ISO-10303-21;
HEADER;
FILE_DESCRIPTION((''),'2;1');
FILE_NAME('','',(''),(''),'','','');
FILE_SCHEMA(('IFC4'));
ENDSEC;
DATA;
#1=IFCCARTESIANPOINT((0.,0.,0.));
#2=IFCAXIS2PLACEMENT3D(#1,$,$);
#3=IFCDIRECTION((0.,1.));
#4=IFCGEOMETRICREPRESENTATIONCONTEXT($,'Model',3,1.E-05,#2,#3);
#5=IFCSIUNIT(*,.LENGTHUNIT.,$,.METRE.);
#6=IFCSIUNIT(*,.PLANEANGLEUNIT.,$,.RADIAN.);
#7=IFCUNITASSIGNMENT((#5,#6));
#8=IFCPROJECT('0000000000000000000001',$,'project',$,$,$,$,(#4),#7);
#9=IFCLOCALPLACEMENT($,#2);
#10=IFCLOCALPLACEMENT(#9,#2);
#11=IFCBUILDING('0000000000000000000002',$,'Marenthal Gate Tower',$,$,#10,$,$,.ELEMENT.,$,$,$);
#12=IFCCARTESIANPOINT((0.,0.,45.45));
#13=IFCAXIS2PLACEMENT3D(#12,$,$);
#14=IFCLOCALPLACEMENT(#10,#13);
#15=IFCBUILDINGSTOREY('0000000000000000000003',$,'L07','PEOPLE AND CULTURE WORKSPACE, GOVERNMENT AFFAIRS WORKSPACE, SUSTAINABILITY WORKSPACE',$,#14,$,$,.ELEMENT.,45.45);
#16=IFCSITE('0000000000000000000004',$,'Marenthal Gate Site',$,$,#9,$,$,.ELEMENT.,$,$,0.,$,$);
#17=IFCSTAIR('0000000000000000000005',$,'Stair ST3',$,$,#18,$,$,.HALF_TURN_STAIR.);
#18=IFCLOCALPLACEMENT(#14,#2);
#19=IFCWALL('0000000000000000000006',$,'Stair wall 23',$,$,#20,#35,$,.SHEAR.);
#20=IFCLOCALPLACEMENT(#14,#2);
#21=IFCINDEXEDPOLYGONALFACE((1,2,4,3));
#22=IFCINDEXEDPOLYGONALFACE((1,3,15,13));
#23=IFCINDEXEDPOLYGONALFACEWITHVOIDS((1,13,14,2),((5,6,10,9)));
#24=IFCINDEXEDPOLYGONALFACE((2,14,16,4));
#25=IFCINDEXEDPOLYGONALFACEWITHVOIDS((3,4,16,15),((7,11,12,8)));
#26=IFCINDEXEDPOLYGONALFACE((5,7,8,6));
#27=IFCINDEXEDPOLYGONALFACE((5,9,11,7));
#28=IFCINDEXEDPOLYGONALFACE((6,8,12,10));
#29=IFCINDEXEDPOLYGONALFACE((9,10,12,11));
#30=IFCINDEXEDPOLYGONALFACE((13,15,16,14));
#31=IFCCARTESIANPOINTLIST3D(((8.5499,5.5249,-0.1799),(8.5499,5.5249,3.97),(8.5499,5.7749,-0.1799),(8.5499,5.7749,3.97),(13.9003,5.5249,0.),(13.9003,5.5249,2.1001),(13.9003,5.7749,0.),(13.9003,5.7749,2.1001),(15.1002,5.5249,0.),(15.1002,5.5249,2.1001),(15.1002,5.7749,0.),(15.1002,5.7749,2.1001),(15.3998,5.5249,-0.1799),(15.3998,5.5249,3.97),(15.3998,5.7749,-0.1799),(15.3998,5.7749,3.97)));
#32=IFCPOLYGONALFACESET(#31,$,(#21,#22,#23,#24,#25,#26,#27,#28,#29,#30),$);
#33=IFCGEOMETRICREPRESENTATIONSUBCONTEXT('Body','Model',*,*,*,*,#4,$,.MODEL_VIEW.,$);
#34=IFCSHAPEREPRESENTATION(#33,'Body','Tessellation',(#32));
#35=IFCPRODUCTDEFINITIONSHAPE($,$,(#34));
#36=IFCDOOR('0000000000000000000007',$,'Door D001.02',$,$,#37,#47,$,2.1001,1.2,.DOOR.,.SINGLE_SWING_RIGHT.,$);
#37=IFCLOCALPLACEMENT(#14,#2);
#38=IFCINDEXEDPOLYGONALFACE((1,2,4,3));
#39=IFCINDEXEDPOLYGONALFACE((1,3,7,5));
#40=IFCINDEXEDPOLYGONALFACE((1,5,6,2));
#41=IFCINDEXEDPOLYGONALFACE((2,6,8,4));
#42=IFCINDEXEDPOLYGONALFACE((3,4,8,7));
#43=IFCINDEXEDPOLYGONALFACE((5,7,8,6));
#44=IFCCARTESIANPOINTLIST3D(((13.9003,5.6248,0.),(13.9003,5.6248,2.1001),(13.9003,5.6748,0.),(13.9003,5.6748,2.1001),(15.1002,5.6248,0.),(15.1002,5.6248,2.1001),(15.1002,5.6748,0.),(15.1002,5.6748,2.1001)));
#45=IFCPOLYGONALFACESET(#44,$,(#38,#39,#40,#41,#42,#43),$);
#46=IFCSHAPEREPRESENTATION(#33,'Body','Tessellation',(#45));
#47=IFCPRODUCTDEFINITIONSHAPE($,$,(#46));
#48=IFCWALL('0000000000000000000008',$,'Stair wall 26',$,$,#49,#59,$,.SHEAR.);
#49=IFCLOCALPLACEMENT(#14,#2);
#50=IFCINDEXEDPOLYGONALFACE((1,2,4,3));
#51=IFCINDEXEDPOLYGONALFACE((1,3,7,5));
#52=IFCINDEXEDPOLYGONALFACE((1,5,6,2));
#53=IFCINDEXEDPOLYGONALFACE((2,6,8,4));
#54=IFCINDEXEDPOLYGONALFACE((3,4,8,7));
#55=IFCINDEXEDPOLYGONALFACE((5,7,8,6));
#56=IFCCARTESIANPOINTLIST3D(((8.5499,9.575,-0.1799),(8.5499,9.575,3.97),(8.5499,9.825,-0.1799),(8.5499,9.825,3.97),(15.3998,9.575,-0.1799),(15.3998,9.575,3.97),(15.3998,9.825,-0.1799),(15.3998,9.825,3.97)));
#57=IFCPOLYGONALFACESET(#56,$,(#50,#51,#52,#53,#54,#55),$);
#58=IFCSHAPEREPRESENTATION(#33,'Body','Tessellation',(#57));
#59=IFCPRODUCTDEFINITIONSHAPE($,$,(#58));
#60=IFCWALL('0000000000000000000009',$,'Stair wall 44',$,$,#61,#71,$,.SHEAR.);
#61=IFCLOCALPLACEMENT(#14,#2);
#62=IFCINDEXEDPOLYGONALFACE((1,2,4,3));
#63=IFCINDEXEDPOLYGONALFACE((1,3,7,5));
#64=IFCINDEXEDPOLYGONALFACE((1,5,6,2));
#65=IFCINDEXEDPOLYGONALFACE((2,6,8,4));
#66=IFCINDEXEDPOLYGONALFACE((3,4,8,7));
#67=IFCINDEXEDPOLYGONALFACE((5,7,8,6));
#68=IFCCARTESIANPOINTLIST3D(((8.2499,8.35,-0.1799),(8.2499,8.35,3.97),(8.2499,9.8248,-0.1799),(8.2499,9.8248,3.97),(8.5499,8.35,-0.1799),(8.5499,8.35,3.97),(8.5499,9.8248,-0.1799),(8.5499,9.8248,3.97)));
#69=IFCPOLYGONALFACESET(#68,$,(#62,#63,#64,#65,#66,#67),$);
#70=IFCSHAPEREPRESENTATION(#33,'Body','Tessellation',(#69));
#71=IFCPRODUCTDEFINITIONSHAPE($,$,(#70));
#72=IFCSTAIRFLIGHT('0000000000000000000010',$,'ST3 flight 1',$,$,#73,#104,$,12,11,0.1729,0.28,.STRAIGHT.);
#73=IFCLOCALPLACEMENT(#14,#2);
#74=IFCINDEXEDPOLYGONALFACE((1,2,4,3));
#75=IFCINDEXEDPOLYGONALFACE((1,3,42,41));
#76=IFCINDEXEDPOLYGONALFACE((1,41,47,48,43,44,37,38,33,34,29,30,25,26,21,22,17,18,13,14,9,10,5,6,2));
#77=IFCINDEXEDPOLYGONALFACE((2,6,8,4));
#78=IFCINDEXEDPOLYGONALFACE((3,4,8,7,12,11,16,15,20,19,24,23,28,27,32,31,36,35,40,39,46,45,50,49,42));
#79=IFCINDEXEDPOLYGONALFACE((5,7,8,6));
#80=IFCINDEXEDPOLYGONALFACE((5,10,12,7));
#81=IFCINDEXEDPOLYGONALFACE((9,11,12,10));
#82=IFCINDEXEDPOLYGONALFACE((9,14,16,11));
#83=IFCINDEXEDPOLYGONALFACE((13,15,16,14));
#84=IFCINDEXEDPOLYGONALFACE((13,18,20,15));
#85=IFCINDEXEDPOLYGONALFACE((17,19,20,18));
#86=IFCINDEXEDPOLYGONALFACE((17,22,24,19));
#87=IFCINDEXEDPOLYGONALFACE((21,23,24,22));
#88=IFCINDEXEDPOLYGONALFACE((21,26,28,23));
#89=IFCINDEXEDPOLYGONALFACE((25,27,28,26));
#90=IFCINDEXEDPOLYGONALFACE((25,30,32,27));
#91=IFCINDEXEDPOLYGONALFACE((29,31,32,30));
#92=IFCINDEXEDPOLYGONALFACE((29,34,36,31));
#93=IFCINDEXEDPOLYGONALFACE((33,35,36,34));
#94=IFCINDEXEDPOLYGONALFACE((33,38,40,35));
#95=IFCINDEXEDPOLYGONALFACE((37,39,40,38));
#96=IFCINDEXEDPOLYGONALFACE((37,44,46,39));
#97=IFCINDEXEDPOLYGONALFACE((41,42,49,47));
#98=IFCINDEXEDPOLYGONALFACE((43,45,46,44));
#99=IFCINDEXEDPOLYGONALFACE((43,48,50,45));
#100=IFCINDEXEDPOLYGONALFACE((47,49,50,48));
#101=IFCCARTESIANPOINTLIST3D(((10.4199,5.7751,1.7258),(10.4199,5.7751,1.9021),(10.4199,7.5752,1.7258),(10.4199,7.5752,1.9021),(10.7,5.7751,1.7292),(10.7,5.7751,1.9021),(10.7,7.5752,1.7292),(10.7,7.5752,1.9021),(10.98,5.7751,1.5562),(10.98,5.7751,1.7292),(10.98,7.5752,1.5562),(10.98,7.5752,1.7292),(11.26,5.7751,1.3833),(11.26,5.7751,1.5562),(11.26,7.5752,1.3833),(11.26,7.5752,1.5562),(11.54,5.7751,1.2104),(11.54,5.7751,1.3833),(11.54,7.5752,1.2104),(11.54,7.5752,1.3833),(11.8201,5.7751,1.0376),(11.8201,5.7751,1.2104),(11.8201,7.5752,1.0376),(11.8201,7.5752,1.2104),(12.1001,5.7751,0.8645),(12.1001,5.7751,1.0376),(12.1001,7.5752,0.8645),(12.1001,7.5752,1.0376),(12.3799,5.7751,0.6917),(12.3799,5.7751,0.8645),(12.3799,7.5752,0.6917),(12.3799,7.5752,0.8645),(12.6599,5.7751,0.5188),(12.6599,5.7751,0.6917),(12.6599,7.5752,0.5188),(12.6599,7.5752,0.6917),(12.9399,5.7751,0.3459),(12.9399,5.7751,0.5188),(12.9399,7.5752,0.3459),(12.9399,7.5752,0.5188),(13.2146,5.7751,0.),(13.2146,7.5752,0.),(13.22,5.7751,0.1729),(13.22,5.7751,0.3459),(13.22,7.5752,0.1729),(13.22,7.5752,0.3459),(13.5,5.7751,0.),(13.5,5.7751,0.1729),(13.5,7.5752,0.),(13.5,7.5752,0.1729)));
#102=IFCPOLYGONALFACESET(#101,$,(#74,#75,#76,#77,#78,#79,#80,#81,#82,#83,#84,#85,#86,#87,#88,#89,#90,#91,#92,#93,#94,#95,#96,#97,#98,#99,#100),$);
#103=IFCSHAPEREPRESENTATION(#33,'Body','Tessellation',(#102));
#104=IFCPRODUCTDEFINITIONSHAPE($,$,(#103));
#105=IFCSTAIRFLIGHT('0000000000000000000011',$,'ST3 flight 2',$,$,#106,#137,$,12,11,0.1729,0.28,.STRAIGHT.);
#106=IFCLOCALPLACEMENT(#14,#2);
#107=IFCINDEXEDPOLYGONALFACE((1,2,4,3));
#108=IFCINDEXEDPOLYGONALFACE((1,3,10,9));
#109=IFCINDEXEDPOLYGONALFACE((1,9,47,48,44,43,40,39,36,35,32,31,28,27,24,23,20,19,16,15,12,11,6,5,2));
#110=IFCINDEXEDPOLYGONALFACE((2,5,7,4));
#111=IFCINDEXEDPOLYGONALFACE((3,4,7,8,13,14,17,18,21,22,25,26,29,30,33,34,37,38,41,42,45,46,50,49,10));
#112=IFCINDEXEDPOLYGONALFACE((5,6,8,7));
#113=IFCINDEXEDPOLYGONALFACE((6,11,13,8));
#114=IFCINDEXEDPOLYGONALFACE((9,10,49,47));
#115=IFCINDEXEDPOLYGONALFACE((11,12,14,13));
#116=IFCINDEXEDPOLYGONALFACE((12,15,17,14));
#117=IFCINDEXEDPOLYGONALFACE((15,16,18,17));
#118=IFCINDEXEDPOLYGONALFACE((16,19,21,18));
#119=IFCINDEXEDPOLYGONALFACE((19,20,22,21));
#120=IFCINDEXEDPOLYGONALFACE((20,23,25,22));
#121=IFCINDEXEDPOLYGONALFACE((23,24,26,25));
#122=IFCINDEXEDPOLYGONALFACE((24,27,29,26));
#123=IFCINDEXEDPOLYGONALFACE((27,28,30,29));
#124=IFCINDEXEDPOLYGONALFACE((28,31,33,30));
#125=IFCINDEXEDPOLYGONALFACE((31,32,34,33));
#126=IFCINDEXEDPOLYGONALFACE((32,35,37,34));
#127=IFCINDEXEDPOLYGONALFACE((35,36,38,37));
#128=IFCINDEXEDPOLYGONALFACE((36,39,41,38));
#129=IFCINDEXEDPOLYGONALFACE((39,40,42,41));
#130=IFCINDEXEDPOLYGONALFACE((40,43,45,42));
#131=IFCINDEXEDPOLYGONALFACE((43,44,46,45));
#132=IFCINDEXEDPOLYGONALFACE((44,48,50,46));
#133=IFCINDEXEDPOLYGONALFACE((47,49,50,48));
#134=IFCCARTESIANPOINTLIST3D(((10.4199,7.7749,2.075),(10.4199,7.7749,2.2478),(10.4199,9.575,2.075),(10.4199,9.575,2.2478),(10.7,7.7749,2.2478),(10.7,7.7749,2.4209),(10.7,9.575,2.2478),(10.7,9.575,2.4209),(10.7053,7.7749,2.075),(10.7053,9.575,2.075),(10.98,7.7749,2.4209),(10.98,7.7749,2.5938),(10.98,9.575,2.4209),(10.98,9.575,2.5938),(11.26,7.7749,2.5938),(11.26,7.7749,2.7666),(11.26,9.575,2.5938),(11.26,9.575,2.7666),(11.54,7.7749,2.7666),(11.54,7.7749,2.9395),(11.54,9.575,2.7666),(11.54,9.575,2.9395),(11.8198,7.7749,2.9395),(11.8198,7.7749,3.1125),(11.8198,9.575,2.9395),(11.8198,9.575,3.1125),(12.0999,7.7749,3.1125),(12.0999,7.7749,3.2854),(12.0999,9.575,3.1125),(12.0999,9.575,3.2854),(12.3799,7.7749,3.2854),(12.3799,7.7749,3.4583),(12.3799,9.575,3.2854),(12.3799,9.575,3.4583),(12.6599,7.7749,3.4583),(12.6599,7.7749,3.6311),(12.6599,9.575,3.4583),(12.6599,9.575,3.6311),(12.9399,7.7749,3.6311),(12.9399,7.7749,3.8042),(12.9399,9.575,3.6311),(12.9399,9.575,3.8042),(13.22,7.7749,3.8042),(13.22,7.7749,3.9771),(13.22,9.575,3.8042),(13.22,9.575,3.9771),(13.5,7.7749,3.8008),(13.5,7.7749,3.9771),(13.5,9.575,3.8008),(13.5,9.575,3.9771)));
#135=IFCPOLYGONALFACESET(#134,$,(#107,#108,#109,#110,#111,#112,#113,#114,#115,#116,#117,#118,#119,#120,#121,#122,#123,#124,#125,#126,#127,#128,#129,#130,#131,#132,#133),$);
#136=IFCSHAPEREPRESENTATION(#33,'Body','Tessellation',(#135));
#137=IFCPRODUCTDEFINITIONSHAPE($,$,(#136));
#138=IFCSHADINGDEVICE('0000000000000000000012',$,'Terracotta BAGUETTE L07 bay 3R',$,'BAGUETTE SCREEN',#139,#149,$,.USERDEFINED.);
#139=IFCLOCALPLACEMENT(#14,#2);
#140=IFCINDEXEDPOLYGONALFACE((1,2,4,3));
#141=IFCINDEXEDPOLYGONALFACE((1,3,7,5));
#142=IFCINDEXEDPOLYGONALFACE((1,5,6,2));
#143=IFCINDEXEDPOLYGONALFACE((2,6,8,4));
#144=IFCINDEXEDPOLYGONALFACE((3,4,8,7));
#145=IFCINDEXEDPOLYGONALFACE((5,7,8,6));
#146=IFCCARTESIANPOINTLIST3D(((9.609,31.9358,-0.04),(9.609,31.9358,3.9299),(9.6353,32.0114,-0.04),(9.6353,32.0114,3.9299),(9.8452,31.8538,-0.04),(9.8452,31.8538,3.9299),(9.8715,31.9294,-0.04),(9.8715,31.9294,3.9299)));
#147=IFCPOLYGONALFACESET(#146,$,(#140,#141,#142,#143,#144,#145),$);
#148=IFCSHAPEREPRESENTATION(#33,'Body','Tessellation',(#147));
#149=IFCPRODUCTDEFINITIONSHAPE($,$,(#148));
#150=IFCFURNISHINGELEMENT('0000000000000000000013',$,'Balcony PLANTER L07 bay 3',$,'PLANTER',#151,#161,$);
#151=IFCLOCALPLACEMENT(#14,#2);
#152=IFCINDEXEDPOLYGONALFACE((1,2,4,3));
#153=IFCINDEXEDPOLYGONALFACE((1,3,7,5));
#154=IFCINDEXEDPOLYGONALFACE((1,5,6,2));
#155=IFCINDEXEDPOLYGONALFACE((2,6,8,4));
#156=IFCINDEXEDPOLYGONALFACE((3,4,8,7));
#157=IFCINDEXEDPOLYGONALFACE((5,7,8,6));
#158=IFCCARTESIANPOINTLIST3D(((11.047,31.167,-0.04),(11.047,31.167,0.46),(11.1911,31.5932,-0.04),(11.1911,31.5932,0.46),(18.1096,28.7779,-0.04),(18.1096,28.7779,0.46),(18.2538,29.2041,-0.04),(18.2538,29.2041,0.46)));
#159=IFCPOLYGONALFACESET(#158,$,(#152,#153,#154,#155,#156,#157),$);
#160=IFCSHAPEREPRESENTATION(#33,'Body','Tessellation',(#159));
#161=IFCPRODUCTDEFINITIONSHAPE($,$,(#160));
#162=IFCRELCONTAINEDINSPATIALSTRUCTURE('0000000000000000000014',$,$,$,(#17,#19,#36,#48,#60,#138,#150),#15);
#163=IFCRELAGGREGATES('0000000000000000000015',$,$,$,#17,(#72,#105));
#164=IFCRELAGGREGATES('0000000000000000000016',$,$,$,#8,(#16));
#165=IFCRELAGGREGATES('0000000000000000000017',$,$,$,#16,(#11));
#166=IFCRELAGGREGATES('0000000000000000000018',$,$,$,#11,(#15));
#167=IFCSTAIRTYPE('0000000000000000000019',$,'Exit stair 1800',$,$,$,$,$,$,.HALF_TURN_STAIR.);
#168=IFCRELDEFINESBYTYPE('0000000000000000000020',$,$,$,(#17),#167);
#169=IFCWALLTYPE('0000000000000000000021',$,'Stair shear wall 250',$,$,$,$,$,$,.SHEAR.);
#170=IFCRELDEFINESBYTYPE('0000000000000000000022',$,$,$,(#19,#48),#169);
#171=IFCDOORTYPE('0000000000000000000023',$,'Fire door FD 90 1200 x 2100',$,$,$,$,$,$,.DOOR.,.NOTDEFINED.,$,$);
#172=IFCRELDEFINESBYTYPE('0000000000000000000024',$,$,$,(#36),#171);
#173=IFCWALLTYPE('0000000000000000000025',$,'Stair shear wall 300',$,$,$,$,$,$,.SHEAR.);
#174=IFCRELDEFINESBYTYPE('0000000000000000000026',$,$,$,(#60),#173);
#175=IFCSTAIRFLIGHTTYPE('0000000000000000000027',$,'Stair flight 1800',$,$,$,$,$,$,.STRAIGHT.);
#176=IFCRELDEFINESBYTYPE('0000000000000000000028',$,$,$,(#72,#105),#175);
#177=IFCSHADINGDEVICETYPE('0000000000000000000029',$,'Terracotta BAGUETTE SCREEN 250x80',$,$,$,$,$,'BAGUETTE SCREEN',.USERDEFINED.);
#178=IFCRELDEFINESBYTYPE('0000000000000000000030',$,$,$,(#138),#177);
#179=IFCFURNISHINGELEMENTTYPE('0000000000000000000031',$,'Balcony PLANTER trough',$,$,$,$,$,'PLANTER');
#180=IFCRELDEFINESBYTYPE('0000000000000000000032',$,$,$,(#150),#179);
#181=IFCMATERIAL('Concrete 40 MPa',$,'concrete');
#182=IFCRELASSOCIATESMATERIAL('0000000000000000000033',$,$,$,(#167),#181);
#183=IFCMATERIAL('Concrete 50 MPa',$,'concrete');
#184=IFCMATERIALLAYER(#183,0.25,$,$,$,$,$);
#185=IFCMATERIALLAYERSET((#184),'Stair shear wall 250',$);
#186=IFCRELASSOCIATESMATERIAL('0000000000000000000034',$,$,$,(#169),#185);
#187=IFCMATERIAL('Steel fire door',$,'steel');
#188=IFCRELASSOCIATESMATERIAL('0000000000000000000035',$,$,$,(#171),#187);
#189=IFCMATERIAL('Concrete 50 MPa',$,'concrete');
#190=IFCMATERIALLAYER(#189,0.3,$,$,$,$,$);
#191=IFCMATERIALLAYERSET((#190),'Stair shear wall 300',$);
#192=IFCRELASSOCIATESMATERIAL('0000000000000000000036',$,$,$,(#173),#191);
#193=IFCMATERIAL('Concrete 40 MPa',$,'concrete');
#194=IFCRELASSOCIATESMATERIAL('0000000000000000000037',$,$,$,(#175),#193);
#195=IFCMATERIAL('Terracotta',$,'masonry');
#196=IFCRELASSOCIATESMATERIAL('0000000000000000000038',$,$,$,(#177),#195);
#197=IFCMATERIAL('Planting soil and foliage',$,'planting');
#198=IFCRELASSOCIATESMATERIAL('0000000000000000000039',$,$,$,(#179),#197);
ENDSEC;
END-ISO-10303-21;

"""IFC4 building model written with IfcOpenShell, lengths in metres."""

from ifc_helpers import new_model, si_unit, direction, frame, frame_2d, origin, origin_2d, place, context, subcontext, project, spatial, polyline, rectangle, outline, extrude, material, layer, layer_set, material_profile, profile_set, type_object, element, fill, aggregate, save


model = new_model("IFC4")

# Units and contexts
model_context = context("Model", 3, precision=1e-05, world=origin(), true_north=direction((0.0, 1.0)))
body_context = subcontext(model_context, "Body", "Model", "MODEL_VIEW")
ifc_project = project(units=[si_unit("LENGTHUNIT", "METRE"), si_unit("PLANEANGLEUNIT", "RADIAN")], contexts=[model_context])

# Site, building, storey
site_placement = place(None, origin())
site = spatial("IfcSite", under=ifc_project, at=site_placement, Name="Marenthal Gate Site", CompositionType="ELEMENT", RefElevation=0.0)
building_placement = place(site_placement, origin())
building = spatial("IfcBuilding", under=site, at=building_placement, Name="Marenthal Gate Tower", CompositionType="ELEMENT")
storey_placement = place(building_placement, frame((0.0, 0.0, 45.45)))
storey = spatial("IfcBuildingStorey", under=building, at=storey_placement, Name="L07", Description="PEOPLE AND CULTURE WORKSPACE, GOVERNMENT AFFAIRS WORKSPACE, SUSTAINABILITY WORKSPACE", CompositionType="ELEMENT", Elevation=45.45)

# Stair
ifc_material_1 = material(Name="Concrete 40 MPa", Category="concrete")
stair_type = type_object("IfcStairType", Name="Exit stair 1800", PredefinedType="HALF_TURN_STAIR", material=ifc_material_1)
stair_1_placement = place(storey_placement, origin())
stair_1 = element("IfcStair", 1, at=stair_1_placement, inside=storey, type_object=stair_type, Name="Stair ST3", PredefinedType="HALF_TURN_STAIR")

# Wall, opening, door
ifc_material_2 = material(Name="Concrete 50 MPa", Category="concrete")
ifc_layer_1 = layer(ifc_material_2, 0.25)
ifc_layer_set_1 = layer_set([ifc_layer_1], Name="Stair shear wall 250")
wall_type_1 = type_object("IfcWallType", Name="Stair shear wall 250", PredefinedType="SHEAR", material=ifc_layer_set_1)
wall_1_placement = place(storey_placement, frame((8.55, 5.6499, -0.1799), z_axis=(0.0, 0.0, 1.0), x_axis=(1.0, 0.0, 0.0)))
wall_1 = element("IfcWall", 2, at=wall_1_placement, inside=storey, type_object=wall_type_1, Name="Stair wall 23", PredefinedType="SHEAR", context=body_context, shape_type="SweptSolid", body=[
    extrude(rectangle(XDim=6.8499, YDim=0.25, at=frame_2d((3.4248, 0.0))), origin(), (0.0, 0.0, 1.0), 4.1499),
])
opening_1_placement = place(wall_1_placement, frame((5.3501, 0.0, 0.1799)))
opening_1 = element("IfcOpeningElement", 3, at=opening_1_placement, cuts=wall_1, PredefinedType="OPENING", context=body_context, shape_type="SweptSolid", body=[
    extrude(rectangle(XDim=1.2, YDim=2.1001, at=frame_2d((0.6001, 1.05))), frame((0.0, 0.135, 0.0), z_axis=(0.0, -1.0, 0.0), x_axis=(1.0, 0.0, 0.0)), (0.0, 0.0, 1.0), 0.27),
])
ifc_material_3 = material(Name="Steel fire door", Category="steel")
door_type_1 = type_object("IfcDoorType", Name="Fire door FD 90 1200 x 2100", OperationType="NOTDEFINED", PredefinedType="DOOR", material=ifc_material_3)
door_1_placement = place(opening_1_placement, origin())
door_1 = element("IfcDoor", 4, at=door_1_placement, inside=storey, type_object=door_type_1, Name="Door D001.02", OperationType="SINGLE_SWING_RIGHT", OverallHeight=2.1001, OverallWidth=1.2, PredefinedType="DOOR", context=body_context, shape_type="SweptSolid", body=[
    extrude(rectangle(XDim=1.2, YDim=2.1001, at=frame_2d((0.6001, 1.05))), frame((0.0, 0.0249, 0.0), z_axis=(0.0, -1.0, 0.0), x_axis=(1.0, 0.0, 0.0)), (0.0, 0.0, 1.0), 0.05),
])
fill(opening_1, door_1)

# Walls
wall_2_placement = place(storey_placement, frame((8.55, 9.7, -0.1799), z_axis=(0.0, 0.0, 1.0), x_axis=(1.0, 0.0, 0.0)))
element("IfcWall", 5, at=wall_2_placement, inside=storey, type_object=wall_type_1, Name="Stair wall 26", PredefinedType="SHEAR", context=body_context, shape_type="SweptSolid", body=[
    extrude(rectangle(XDim=6.8499, YDim=0.25, at=frame_2d((3.4248, 0.0))), origin(), (0.0, 0.0, 1.0), 4.1499),
])
ifc_material_4 = material(Name="Concrete 50 MPa", Category="concrete")
ifc_layer_2 = layer(ifc_material_4, 0.3)
ifc_layer_set_2 = layer_set([ifc_layer_2], Name="Stair shear wall 300")
wall_type_2 = type_object("IfcWallType", Name="Stair shear wall 300", PredefinedType="SHEAR", material=ifc_layer_set_2)
wall_3_placement = place(storey_placement, frame((8.3999, 8.3501, -0.1799), z_axis=(0.0, 0.0, 1.0), x_axis=(0.0, 1.0, 0.0)))
element("IfcWall", 6, at=wall_3_placement, inside=storey, type_object=wall_type_2, Name="Stair wall 44", PredefinedType="SHEAR", context=body_context, shape_type="SweptSolid", body=[
    extrude(rectangle(XDim=1.4749, YDim=0.3, at=frame_2d((0.7373, 0.0))), origin(), (0.0, 0.0, 1.0), 4.1499),
])

# Stair flights
ifc_material_5 = material(Name="Concrete 40 MPa", Category="concrete")
stair_flight_type = type_object("IfcStairFlightType", Name="Stair flight 1800", PredefinedType="STRAIGHT", material=ifc_material_5)
stair_flight_1_placement = place(storey_placement, frame((13.5, 6.675, 0.0), z_axis=(0.0, 0.0, 1.0), x_axis=(-1.0, 0.0, 0.0)))
stair_flight_1 = element("IfcStairFlight", 7, at=stair_flight_1_placement, type_object=stair_flight_type, Name="ST3 flight 1", NumberOfRisers=12, NumberOfTreads=11, PredefinedType="STRAIGHT", RiserHeight=0.1729, TreadLength=0.28, context=body_context, shape_type="SweptSolid", body=[
    extrude(outline(polyline([(0.0, 0.0), (0.0, 0.1729), (0.28, 0.1729), (0.28, 0.3459), (0.5601, 0.3459), (0.5601, 0.5188), (0.8401, 0.5188), (0.8401, 0.6917), (1.1201, 0.6917), (1.1201, 0.8645), (1.3999, 0.8645), (1.3999, 1.0376), (1.6799, 1.0376), (1.6799, 1.2104), (1.96, 1.2104), (1.96, 1.3833), (2.24, 1.3833), (2.24, 1.5562), (2.52, 1.5562), (2.52, 1.7292), (2.8, 1.7292), (2.8, 1.9021), (3.0801, 1.9021), (3.0801, 2.075), (3.0801, 1.7258), (0.2854, 0.0), (0.0, 0.0)])), frame((0.0, 0.8999, 0.0), z_axis=(0.0, -1.0, 0.0), x_axis=(1.0, 0.0, 0.0)), (0.0, 0.0, 1.0), 1.8),
])
stair_flight_2_placement = place(storey_placement, frame((10.4199, 8.675, 2.075), z_axis=(0.0, 0.0, 1.0), x_axis=(1.0, 0.0, 0.0)))
stair_flight_2 = element("IfcStairFlight", 8, at=stair_flight_2_placement, type_object=stair_flight_type, Name="ST3 flight 2", NumberOfRisers=12, NumberOfTreads=11, PredefinedType="STRAIGHT", RiserHeight=0.1729, TreadLength=0.28, context=body_context, shape_type="SweptSolid", body=[
    extrude(outline(polyline([(0.0, 0.0), (0.0, 0.1729), (0.28, 0.1729), (0.28, 0.3459), (0.5601, 0.3459), (0.5601, 0.5188), (0.8401, 0.5188), (0.8401, 0.6917), (1.1201, 0.6917), (1.1201, 0.8645), (1.3999, 0.8645), (1.3999, 1.0376), (1.6799, 1.0376), (1.6799, 1.2104), (1.96, 1.2104), (1.96, 1.3833), (2.24, 1.3833), (2.24, 1.5562), (2.52, 1.5562), (2.52, 1.7292), (2.8, 1.7292), (2.8, 1.9021), (3.0801, 1.9021), (3.0801, 2.075), (3.0801, 1.7258), (0.2854, 0.0), (0.0, 0.0)])), frame((0.0, 0.8999, 0.0), z_axis=(0.0, -1.0, 0.0), x_axis=(1.0, 0.0, 0.0)), (0.0, 0.0, 1.0), 1.8),
])
aggregate(stair_1, [stair_flight_1, stair_flight_2])

# Shading device
ifc_material_6 = material(Name="Terracotta", Category="masonry")
ifc_material_profile_1 = material_profile(ifc_material_6, rectangle(XDim=0.25, YDim=0.0801, at=origin_2d()), Name="Terracotta baguette 250x80")
ifc_profile_set_1 = profile_set([ifc_material_profile_1], Name="Terracotta")
shading_device_type = type_object("IfcShadingDeviceType", Name="Terracotta BAGUETTE SCREEN 250x80", ElementType="BAGUETTE SCREEN", PredefinedType="USERDEFINED", material=ifc_profile_set_1)
shading_device_placement = place(storey_placement, frame((9.7402, 31.9326, -0.04), z_axis=(0.0, 0.0, 1.0), x_axis=(-0.944691, 0.327963, 0.0)))
element("IfcShadingDevice", 9, at=shading_device_placement, inside=storey, type_object=shading_device_type, Name="Terracotta BAGUETTE L07 bay 3R", ObjectType="BAGUETTE SCREEN", PredefinedType="USERDEFINED", context=body_context, shape_type="SweptSolid", body=[
    extrude(rectangle(XDim=0.25, YDim=0.0801, at=origin_2d()), origin(), (0.0, 0.0, 1.0), 3.97),
])

# Furnishing element
ifc_material_7 = material(Name="Planting soil and foliage", Category="planting")
furnishing_element_type = type_object("IfcFurnishingElementType", Name="Balcony PLANTER trough", ElementType="PLANTER", material=ifc_material_7)
furnishing_placement = place(storey_placement, frame((14.6504, 30.1855, -0.04), z_axis=(0.0, 0.0, 1.0), x_axis=(-0.947271, 0.320433, 0.0)))
element("IfcFurnishingElement", 10, at=furnishing_placement, inside=storey, type_object=furnishing_element_type, Name="Balcony PLANTER L07 bay 3", ObjectType="PLANTER", context=body_context, shape_type="SweptSolid", body=[
    extrude(rectangle(XDim=7.4558, YDim=0.45, at=origin_2d()), origin(), (0.0, 0.0, 1.0), 0.5),
])

save(model, "model.ifc")
